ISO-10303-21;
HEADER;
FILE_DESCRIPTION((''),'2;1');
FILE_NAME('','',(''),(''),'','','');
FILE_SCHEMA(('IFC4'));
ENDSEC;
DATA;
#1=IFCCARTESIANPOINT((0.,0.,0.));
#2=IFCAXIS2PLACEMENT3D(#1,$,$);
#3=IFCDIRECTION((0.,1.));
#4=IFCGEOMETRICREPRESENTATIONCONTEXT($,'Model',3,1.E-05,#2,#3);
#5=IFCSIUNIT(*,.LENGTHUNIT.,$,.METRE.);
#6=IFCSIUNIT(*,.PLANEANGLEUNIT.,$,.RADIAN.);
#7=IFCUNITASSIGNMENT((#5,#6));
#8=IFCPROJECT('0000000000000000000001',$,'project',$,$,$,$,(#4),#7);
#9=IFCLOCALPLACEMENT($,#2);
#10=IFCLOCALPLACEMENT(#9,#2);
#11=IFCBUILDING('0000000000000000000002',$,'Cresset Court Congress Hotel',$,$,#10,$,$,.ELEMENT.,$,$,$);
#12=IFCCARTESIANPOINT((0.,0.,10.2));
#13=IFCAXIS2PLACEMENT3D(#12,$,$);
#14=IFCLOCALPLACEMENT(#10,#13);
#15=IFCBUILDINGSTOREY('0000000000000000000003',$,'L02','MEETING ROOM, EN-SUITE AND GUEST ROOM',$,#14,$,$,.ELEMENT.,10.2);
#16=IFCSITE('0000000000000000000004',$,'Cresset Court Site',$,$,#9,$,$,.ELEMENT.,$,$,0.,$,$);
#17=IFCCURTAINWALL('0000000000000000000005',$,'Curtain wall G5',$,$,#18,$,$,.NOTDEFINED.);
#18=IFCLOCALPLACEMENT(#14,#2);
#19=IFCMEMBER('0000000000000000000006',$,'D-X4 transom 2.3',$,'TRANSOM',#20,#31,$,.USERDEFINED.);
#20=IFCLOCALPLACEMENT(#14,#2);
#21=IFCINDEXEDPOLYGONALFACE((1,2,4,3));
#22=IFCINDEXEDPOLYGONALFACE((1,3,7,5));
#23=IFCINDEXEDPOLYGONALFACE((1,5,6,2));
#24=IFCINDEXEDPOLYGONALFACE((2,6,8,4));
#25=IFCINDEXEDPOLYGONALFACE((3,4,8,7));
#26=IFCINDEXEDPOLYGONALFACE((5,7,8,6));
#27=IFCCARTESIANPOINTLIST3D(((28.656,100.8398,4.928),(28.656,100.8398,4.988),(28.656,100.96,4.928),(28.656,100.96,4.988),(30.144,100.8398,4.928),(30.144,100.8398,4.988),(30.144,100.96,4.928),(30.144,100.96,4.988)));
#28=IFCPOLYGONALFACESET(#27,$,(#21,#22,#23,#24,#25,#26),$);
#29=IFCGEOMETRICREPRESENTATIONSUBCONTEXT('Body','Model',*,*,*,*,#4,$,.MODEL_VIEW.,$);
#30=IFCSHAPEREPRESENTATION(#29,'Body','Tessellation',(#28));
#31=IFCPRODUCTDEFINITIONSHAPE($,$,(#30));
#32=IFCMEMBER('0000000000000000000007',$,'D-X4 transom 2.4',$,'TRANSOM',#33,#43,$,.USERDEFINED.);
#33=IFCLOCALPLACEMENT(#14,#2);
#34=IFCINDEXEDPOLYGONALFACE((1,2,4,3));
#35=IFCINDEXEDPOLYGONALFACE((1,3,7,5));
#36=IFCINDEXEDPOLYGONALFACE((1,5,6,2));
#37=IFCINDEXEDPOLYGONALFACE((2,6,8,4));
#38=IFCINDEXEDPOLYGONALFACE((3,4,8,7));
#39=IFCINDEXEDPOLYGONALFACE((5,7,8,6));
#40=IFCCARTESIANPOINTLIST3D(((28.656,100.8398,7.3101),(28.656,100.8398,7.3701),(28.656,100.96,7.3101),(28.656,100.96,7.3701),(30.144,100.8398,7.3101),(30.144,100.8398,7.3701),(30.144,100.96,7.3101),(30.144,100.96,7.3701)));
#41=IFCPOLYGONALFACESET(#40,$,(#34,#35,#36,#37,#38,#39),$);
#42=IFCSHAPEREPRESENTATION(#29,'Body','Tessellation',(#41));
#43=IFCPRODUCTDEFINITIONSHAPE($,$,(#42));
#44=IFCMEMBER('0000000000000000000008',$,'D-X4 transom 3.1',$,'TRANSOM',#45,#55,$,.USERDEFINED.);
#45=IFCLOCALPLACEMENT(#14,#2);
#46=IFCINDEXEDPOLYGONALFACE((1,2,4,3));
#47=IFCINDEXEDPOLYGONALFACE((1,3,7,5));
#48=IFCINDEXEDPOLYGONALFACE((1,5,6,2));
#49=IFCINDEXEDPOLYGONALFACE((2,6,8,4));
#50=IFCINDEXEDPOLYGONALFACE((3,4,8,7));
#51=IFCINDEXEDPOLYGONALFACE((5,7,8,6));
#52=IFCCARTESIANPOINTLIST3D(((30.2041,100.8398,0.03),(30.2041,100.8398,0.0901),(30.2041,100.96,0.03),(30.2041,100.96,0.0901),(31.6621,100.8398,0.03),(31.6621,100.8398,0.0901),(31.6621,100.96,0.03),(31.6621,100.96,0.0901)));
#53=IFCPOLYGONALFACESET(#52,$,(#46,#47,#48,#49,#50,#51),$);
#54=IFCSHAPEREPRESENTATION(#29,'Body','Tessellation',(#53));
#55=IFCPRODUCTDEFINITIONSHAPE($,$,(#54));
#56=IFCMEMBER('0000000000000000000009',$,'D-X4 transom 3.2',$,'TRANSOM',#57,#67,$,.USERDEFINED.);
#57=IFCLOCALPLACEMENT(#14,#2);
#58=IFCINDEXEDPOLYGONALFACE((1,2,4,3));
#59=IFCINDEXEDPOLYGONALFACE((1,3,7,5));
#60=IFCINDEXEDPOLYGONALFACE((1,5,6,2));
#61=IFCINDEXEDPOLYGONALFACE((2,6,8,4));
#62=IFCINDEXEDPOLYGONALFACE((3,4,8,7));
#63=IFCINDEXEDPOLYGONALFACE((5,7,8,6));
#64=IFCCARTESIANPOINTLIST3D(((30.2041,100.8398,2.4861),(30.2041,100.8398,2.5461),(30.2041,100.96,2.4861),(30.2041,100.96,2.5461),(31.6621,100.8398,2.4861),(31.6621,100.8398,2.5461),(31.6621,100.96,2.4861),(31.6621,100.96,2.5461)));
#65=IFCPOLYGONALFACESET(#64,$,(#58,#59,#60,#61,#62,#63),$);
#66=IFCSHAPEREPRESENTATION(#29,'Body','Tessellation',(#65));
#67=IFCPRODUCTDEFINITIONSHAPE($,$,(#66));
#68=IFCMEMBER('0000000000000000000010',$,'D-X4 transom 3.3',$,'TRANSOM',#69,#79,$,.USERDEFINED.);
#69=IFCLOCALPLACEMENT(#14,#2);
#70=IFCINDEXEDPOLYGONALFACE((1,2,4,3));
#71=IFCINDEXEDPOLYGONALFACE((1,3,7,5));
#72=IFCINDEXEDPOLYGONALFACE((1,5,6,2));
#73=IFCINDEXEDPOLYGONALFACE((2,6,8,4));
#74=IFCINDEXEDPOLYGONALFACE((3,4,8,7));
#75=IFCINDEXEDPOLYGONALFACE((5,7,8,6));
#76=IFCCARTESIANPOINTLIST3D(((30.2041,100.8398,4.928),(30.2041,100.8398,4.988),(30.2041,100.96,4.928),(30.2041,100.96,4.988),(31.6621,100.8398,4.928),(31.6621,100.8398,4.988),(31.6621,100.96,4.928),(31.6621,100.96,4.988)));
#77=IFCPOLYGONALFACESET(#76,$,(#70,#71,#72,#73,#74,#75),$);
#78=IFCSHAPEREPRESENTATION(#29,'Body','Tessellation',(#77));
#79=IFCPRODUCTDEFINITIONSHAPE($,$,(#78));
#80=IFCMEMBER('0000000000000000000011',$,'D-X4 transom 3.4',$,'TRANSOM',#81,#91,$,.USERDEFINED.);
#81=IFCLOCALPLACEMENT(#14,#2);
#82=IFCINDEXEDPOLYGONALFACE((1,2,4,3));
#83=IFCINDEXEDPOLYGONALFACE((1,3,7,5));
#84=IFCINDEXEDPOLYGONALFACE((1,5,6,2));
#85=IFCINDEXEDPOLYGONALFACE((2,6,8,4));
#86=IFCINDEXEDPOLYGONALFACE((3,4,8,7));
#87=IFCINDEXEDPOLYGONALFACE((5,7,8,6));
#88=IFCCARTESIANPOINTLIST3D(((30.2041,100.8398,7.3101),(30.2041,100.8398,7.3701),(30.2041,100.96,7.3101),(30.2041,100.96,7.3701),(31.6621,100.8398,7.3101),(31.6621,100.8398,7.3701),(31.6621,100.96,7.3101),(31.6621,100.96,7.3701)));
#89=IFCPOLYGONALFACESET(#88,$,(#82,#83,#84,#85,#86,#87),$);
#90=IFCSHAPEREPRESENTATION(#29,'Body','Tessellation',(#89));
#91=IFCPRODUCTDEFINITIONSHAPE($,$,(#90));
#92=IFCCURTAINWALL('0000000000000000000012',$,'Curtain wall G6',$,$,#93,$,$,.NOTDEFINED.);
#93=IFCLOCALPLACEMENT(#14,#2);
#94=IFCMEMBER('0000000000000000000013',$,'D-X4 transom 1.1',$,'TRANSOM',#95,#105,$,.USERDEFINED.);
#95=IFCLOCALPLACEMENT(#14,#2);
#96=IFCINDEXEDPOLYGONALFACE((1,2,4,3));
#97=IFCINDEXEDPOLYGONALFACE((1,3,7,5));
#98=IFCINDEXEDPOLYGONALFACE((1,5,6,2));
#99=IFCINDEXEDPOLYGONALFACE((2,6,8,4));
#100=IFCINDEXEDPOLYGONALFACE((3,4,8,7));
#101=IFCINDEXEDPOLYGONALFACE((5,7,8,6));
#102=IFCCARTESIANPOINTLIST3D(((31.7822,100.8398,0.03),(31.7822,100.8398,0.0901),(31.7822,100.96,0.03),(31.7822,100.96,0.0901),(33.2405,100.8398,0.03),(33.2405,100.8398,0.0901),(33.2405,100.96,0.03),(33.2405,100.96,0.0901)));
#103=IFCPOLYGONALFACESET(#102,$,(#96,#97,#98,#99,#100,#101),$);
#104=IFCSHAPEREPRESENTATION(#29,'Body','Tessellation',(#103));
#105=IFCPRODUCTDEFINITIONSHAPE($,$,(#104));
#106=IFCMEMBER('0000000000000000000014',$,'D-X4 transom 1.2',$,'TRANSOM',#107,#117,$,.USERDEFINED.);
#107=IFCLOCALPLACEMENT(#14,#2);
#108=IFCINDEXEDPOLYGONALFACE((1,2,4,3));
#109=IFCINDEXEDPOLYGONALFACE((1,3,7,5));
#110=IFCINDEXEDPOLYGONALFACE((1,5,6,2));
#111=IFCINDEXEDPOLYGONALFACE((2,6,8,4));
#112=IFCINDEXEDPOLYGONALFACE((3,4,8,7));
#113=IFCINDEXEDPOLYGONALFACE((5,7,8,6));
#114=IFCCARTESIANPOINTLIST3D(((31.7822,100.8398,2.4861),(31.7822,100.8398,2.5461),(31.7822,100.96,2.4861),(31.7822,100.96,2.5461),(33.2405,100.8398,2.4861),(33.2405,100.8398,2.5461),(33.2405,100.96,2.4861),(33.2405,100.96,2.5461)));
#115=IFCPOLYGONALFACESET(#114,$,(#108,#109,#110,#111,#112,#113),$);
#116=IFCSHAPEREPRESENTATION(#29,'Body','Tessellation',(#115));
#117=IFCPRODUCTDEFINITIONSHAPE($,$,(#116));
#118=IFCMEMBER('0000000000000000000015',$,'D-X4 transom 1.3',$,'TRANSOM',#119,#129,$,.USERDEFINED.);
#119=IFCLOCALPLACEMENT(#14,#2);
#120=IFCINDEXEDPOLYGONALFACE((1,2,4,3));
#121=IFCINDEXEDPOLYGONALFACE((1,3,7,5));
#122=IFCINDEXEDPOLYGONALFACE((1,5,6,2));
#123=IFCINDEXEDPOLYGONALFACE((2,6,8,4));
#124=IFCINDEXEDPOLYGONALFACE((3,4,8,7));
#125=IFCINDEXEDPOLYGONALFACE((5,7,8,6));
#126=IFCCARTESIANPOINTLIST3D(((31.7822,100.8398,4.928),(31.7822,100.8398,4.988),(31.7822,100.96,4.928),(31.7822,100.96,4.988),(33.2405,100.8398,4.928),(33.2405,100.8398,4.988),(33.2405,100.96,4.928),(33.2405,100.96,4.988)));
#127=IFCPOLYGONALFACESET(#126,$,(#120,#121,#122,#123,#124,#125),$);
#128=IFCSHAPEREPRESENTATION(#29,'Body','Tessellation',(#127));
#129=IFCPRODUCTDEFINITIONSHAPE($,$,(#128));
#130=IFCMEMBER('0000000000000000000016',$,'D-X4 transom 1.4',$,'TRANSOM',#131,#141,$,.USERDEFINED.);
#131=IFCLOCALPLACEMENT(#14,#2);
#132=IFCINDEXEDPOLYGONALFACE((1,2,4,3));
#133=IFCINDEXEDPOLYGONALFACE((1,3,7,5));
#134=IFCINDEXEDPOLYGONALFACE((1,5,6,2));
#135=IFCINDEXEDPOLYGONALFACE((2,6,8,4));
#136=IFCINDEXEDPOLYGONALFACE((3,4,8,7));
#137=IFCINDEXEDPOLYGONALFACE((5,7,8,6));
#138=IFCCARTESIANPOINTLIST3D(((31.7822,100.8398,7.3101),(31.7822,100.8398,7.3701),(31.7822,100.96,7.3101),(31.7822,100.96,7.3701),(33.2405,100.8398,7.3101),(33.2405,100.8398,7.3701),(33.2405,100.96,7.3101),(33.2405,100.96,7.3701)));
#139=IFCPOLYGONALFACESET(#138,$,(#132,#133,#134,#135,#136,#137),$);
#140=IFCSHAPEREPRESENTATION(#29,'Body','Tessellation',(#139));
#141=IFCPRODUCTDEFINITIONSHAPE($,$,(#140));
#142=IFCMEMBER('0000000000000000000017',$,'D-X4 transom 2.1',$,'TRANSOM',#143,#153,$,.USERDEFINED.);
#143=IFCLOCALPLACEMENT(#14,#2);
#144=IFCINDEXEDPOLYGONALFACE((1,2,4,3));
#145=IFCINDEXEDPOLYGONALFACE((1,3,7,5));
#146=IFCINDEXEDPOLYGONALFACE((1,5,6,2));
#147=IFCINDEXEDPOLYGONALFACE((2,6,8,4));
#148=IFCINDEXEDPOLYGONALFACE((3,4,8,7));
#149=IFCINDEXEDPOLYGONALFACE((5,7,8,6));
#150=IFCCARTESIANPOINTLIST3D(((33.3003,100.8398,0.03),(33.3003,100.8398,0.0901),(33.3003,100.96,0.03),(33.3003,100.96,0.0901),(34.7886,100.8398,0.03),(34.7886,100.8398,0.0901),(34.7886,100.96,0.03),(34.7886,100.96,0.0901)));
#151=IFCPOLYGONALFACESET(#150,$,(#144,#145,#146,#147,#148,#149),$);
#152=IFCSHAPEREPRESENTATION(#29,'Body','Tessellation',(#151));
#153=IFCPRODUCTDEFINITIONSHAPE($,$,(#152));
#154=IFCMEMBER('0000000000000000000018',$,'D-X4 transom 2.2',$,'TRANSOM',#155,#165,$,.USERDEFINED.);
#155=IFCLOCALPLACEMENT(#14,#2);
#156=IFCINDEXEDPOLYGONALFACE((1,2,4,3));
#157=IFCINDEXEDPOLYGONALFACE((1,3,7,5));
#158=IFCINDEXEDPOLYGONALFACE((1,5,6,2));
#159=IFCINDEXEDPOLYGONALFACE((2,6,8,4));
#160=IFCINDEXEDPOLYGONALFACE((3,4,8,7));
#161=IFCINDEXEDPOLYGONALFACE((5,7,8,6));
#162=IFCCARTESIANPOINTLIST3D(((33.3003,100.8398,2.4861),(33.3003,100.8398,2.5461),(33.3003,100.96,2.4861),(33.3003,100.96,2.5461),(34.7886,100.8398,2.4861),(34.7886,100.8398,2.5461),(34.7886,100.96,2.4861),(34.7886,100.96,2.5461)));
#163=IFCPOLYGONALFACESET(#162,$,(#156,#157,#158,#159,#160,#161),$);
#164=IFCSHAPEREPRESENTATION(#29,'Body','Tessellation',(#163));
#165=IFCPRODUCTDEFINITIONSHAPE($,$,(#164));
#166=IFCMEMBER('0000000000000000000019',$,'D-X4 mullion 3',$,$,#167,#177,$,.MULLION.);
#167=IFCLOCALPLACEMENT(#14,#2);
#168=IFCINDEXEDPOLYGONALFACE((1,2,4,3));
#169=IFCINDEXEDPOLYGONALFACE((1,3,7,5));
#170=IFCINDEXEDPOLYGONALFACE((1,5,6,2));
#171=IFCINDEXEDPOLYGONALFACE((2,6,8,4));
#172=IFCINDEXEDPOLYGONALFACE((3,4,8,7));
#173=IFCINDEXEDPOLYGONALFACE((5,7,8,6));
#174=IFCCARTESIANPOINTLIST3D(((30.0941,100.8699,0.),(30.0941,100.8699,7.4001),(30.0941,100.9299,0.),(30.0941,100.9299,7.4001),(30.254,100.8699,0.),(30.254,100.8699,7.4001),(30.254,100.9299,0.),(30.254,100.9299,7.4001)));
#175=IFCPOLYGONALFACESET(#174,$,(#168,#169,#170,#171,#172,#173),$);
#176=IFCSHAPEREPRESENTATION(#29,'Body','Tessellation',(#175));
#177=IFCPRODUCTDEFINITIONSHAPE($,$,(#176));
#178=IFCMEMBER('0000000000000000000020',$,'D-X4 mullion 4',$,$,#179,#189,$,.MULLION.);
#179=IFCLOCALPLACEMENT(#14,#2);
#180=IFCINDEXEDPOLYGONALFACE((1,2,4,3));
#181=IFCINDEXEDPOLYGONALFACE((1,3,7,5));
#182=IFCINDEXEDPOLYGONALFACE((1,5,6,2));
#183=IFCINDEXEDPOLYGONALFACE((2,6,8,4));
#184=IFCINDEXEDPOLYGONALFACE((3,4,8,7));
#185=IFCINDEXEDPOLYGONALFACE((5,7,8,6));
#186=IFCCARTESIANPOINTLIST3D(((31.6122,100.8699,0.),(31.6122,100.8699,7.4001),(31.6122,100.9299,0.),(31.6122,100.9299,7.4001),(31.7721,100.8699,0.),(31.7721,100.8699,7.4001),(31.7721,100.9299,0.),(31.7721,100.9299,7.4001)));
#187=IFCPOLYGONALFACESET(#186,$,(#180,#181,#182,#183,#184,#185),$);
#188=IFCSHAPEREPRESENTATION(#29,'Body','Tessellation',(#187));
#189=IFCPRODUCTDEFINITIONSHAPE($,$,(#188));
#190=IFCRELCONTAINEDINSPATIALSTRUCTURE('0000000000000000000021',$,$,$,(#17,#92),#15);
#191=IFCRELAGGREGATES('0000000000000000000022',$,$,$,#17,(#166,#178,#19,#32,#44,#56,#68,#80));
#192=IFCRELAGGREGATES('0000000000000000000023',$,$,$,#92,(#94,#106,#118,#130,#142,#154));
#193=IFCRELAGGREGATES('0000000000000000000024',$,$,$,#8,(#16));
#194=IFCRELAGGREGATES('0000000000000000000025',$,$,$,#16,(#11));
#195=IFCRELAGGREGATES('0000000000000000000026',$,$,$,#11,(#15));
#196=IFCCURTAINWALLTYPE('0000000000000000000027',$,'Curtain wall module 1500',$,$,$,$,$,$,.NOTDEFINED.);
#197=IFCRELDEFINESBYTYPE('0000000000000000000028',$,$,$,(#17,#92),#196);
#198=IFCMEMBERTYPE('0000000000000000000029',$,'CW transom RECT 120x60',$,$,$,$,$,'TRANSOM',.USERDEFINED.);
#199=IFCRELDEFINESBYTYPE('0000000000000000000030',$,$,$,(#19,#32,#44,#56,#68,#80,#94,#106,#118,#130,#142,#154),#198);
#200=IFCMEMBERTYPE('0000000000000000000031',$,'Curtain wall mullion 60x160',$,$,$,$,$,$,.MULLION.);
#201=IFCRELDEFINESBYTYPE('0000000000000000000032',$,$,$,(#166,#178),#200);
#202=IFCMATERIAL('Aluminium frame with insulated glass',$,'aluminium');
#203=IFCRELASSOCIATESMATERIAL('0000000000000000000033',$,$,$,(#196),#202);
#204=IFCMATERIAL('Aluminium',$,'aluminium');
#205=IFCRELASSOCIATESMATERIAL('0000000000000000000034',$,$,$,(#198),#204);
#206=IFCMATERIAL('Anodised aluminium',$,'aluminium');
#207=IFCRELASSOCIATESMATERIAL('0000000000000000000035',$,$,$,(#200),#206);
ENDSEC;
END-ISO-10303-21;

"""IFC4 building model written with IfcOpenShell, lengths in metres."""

from ifc_helpers import new_model, si_unit, direction, frame, origin, origin_2d, place, context, subcontext, project, spatial, rectangle, extrude, material, material_profile, profile_set, type_object, element, aggregate, save


model = new_model("IFC4")

# Units and contexts
model_context = context("Model", 3, precision=1e-05, world=origin(), true_north=direction((0.0, 1.0)))
body_context = subcontext(model_context, "Body", "Model", "MODEL_VIEW")
ifc_project = project(units=[si_unit("LENGTHUNIT", "METRE"), si_unit("PLANEANGLEUNIT", "RADIAN")], contexts=[model_context])

# Site, building, storey
site_placement = place(None, origin())
site = spatial("IfcSite", under=ifc_project, at=site_placement, Name="Cresset Court Site", CompositionType="ELEMENT", RefElevation=0.0)
building_placement = place(site_placement, origin())
building = spatial("IfcBuilding", under=site, at=building_placement, Name="Cresset Court Congress Hotel", CompositionType="ELEMENT")
storey_placement = place(building_placement, frame((0.0, 0.0, 10.2)))
storey = spatial("IfcBuildingStorey", under=building, at=storey_placement, Name="L02", Description="MEETING ROOM, EN-SUITE AND GUEST ROOM", CompositionType="ELEMENT", Elevation=10.2)

# Curtain walls, members
ifc_material_1 = material(Name="Aluminium frame with insulated glass", Category="aluminium")
curtain_wall_type = type_object("IfcCurtainWallType", Name="Curtain wall module 1500", PredefinedType="NOTDEFINED", material=ifc_material_1)
curtain_wall_1_placement = place(storey_placement, origin())
curtain_wall_1 = element("IfcCurtainWall", 1, at=curtain_wall_1_placement, inside=storey, type_object=curtain_wall_type, Name="Curtain wall G5", PredefinedType="NOTDEFINED")
ifc_material_2 = material(Name="Aluminium", Category="aluminium")
ifc_material_profile_1 = material_profile(ifc_material_2, rectangle(XDim=0.1201, YDim=0.0601, at=origin_2d()), Name="AL 120x60")
ifc_profile_set_1 = profile_set([ifc_material_profile_1], Name="Aluminium")
member_type_1 = type_object("IfcMemberType", Name="CW transom RECT 120x60", ElementType="TRANSOM", PredefinedType="USERDEFINED", material=ifc_profile_set_1)
member_1_placement = place(storey_placement, frame((28.656, 100.8999, 4.958), z_axis=(1.0, 0.0, 0.0), x_axis=(0.0, 1.0, 0.0)))
member_1 = element("IfcMember", 2, at=member_1_placement, type_object=member_type_1, Name="D-X4 transom 2.3", ObjectType="TRANSOM", PredefinedType="USERDEFINED", context=body_context, shape_type="SweptSolid", body=[
    extrude(rectangle(XDim=0.1201, YDim=0.0601, at=origin_2d()), origin(), (0.0, 0.0, 1.0), 1.488),
])
member_2_placement = place(storey_placement, frame((28.656, 100.8999, 7.3401), z_axis=(1.0, 0.0, 0.0), x_axis=(0.0, 1.0, 0.0)))
member_2 = element("IfcMember", 3, at=member_2_placement, type_object=member_type_1, Name="D-X4 transom 2.4", ObjectType="TRANSOM", PredefinedType="USERDEFINED", context=body_context, shape_type="SweptSolid", body=[
    extrude(rectangle(XDim=0.1201, YDim=0.0601, at=origin_2d()), origin(), (0.0, 0.0, 1.0), 1.488),
])
member_3_placement = place(storey_placement, frame((30.2041, 100.8999, 0.0601), z_axis=(1.0, 0.0, 0.0), x_axis=(0.0, 1.0, 0.0)))
member_3 = element("IfcMember", 4, at=member_3_placement, type_object=member_type_1, Name="D-X4 transom 3.1", ObjectType="TRANSOM", PredefinedType="USERDEFINED", context=body_context, shape_type="SweptSolid", body=[
    extrude(rectangle(XDim=0.1201, YDim=0.0601, at=origin_2d()), origin(), (0.0, 0.0, 1.0), 1.458),
])
member_4_placement = place(storey_placement, frame((30.2041, 100.8999, 2.5161), z_axis=(1.0, 0.0, 0.0), x_axis=(0.0, 1.0, 0.0)))
member_4 = element("IfcMember", 5, at=member_4_placement, type_object=member_type_1, Name="D-X4 transom 3.2", ObjectType="TRANSOM", PredefinedType="USERDEFINED", context=body_context, shape_type="SweptSolid", body=[
    extrude(rectangle(XDim=0.1201, YDim=0.0601, at=origin_2d()), origin(), (0.0, 0.0, 1.0), 1.458),
])
member_5_placement = place(storey_placement, frame((30.2041, 100.8999, 4.958), z_axis=(1.0, 0.0, 0.0), x_axis=(0.0, 1.0, 0.0)))
member_5 = element("IfcMember", 6, at=member_5_placement, type_object=member_type_1, Name="D-X4 transom 3.3", ObjectType="TRANSOM", PredefinedType="USERDEFINED", context=body_context, shape_type="SweptSolid", body=[
    extrude(rectangle(XDim=0.1201, YDim=0.0601, at=origin_2d()), origin(), (0.0, 0.0, 1.0), 1.458),
])
member_6_placement = place(storey_placement, frame((30.2041, 100.8999, 7.3401), z_axis=(1.0, 0.0, 0.0), x_axis=(0.0, 1.0, 0.0)))
member_6 = element("IfcMember", 7, at=member_6_placement, type_object=member_type_1, Name="D-X4 transom 3.4", ObjectType="TRANSOM", PredefinedType="USERDEFINED", context=body_context, shape_type="SweptSolid", body=[
    extrude(rectangle(XDim=0.1201, YDim=0.0601, at=origin_2d()), origin(), (0.0, 0.0, 1.0), 1.458),
])
curtain_wall_2_placement = place(storey_placement, origin())
curtain_wall_2 = element("IfcCurtainWall", 8, at=curtain_wall_2_placement, inside=storey, type_object=curtain_wall_type, Name="Curtain wall G6", PredefinedType="NOTDEFINED")
member_7_placement = place(storey_placement, frame((31.7822, 100.8999, 0.0601), z_axis=(1.0, 0.0, 0.0), x_axis=(0.0, 1.0, 0.0)))
member_7 = element("IfcMember", 9, at=member_7_placement, type_object=member_type_1, Name="D-X4 transom 1.1", ObjectType="TRANSOM", PredefinedType="USERDEFINED", context=body_context, shape_type="SweptSolid", body=[
    extrude(rectangle(XDim=0.1201, YDim=0.0601, at=origin_2d()), origin(), (0.0, 0.0, 1.0), 1.4583),
])
member_8_placement = place(storey_placement, frame((31.7822, 100.8999, 2.5161), z_axis=(1.0, 0.0, 0.0), x_axis=(0.0, 1.0, 0.0)))
member_8 = element("IfcMember", 10, at=member_8_placement, type_object=member_type_1, Name="D-X4 transom 1.2", ObjectType="TRANSOM", PredefinedType="USERDEFINED", context=body_context, shape_type="SweptSolid", body=[
    extrude(rectangle(XDim=0.1201, YDim=0.0601, at=origin_2d()), origin(), (0.0, 0.0, 1.0), 1.4583),
])
member_9_placement = place(storey_placement, frame((31.7822, 100.8999, 4.958), z_axis=(1.0, 0.0, 0.0), x_axis=(0.0, 1.0, 0.0)))
member_9 = element("IfcMember", 11, at=member_9_placement, type_object=member_type_1, Name="D-X4 transom 1.3", ObjectType="TRANSOM", PredefinedType="USERDEFINED", context=body_context, shape_type="SweptSolid", body=[
    extrude(rectangle(XDim=0.1201, YDim=0.0601, at=origin_2d()), origin(), (0.0, 0.0, 1.0), 1.4583),
])
member_10_placement = place(storey_placement, frame((31.7822, 100.8999, 7.3401), z_axis=(1.0, 0.0, 0.0), x_axis=(0.0, 1.0, 0.0)))
member_10 = element("IfcMember", 12, at=member_10_placement, type_object=member_type_1, Name="D-X4 transom 1.4", ObjectType="TRANSOM", PredefinedType="USERDEFINED", context=body_context, shape_type="SweptSolid", body=[
    extrude(rectangle(XDim=0.1201, YDim=0.0601, at=origin_2d()), origin(), (0.0, 0.0, 1.0), 1.4583),
])
member_11_placement = place(storey_placement, frame((33.3003, 100.8999, 0.0601), z_axis=(1.0, 0.0, 0.0), x_axis=(0.0, 1.0, 0.0)))
member_11 = element("IfcMember", 13, at=member_11_placement, type_object=member_type_1, Name="D-X4 transom 2.1", ObjectType="TRANSOM", PredefinedType="USERDEFINED", context=body_context, shape_type="SweptSolid", body=[
    extrude(rectangle(XDim=0.1201, YDim=0.0601, at=origin_2d()), origin(), (0.0, 0.0, 1.0), 1.4883),
])
member_12_placement = place(storey_placement, frame((33.3003, 100.8999, 2.5161), z_axis=(1.0, 0.0, 0.0), x_axis=(0.0, 1.0, 0.0)))
member_12 = element("IfcMember", 14, at=member_12_placement, type_object=member_type_1, Name="D-X4 transom 2.2", ObjectType="TRANSOM", PredefinedType="USERDEFINED", context=body_context, shape_type="SweptSolid", body=[
    extrude(rectangle(XDim=0.1201, YDim=0.0601, at=origin_2d()), origin(), (0.0, 0.0, 1.0), 1.4883),
])

# Members
ifc_material_3 = material(Name="Anodised aluminium", Category="aluminium")
ifc_material_profile_2 = material_profile(ifc_material_3, rectangle(XDim=0.0601, YDim=0.1599, at=origin_2d()), Name="AL60x160")
ifc_profile_set_2 = profile_set([ifc_material_profile_2], Name="Anodised aluminium")
member_type_2 = type_object("IfcMemberType", Name="Curtain wall mullion 60x160", PredefinedType="MULLION", material=ifc_profile_set_2)
member_13_placement = place(storey_placement, frame((30.1741, 100.8999, 0.0), z_axis=(0.0, 0.0, 1.0), x_axis=(0.0, 1.0, 0.0)))
member_13 = element("IfcMember", 15, at=member_13_placement, type_object=member_type_2, Name="D-X4 mullion 3", PredefinedType="MULLION", context=body_context, shape_type="SweptSolid", body=[
    extrude(rectangle(XDim=0.0601, YDim=0.1599, at=origin_2d()), origin(), (0.0, 0.0, 1.0), 7.4001),
])
member_14_placement = place(storey_placement, frame((31.6921, 100.8999, 0.0), z_axis=(0.0, 0.0, 1.0), x_axis=(0.0, 1.0, 0.0)))
member_14 = element("IfcMember", 16, at=member_14_placement, type_object=member_type_2, Name="D-X4 mullion 4", PredefinedType="MULLION", context=body_context, shape_type="SweptSolid", body=[
    extrude(rectangle(XDim=0.0601, YDim=0.1599, at=origin_2d()), origin(), (0.0, 0.0, 1.0), 7.4001),
])

aggregate(curtain_wall_1, [member_13, member_14, member_1, member_2, member_3, member_4, member_5, member_6])
aggregate(curtain_wall_2, [member_7, member_8, member_9, member_10, member_11, member_12])

save(model, "model.ifc")
